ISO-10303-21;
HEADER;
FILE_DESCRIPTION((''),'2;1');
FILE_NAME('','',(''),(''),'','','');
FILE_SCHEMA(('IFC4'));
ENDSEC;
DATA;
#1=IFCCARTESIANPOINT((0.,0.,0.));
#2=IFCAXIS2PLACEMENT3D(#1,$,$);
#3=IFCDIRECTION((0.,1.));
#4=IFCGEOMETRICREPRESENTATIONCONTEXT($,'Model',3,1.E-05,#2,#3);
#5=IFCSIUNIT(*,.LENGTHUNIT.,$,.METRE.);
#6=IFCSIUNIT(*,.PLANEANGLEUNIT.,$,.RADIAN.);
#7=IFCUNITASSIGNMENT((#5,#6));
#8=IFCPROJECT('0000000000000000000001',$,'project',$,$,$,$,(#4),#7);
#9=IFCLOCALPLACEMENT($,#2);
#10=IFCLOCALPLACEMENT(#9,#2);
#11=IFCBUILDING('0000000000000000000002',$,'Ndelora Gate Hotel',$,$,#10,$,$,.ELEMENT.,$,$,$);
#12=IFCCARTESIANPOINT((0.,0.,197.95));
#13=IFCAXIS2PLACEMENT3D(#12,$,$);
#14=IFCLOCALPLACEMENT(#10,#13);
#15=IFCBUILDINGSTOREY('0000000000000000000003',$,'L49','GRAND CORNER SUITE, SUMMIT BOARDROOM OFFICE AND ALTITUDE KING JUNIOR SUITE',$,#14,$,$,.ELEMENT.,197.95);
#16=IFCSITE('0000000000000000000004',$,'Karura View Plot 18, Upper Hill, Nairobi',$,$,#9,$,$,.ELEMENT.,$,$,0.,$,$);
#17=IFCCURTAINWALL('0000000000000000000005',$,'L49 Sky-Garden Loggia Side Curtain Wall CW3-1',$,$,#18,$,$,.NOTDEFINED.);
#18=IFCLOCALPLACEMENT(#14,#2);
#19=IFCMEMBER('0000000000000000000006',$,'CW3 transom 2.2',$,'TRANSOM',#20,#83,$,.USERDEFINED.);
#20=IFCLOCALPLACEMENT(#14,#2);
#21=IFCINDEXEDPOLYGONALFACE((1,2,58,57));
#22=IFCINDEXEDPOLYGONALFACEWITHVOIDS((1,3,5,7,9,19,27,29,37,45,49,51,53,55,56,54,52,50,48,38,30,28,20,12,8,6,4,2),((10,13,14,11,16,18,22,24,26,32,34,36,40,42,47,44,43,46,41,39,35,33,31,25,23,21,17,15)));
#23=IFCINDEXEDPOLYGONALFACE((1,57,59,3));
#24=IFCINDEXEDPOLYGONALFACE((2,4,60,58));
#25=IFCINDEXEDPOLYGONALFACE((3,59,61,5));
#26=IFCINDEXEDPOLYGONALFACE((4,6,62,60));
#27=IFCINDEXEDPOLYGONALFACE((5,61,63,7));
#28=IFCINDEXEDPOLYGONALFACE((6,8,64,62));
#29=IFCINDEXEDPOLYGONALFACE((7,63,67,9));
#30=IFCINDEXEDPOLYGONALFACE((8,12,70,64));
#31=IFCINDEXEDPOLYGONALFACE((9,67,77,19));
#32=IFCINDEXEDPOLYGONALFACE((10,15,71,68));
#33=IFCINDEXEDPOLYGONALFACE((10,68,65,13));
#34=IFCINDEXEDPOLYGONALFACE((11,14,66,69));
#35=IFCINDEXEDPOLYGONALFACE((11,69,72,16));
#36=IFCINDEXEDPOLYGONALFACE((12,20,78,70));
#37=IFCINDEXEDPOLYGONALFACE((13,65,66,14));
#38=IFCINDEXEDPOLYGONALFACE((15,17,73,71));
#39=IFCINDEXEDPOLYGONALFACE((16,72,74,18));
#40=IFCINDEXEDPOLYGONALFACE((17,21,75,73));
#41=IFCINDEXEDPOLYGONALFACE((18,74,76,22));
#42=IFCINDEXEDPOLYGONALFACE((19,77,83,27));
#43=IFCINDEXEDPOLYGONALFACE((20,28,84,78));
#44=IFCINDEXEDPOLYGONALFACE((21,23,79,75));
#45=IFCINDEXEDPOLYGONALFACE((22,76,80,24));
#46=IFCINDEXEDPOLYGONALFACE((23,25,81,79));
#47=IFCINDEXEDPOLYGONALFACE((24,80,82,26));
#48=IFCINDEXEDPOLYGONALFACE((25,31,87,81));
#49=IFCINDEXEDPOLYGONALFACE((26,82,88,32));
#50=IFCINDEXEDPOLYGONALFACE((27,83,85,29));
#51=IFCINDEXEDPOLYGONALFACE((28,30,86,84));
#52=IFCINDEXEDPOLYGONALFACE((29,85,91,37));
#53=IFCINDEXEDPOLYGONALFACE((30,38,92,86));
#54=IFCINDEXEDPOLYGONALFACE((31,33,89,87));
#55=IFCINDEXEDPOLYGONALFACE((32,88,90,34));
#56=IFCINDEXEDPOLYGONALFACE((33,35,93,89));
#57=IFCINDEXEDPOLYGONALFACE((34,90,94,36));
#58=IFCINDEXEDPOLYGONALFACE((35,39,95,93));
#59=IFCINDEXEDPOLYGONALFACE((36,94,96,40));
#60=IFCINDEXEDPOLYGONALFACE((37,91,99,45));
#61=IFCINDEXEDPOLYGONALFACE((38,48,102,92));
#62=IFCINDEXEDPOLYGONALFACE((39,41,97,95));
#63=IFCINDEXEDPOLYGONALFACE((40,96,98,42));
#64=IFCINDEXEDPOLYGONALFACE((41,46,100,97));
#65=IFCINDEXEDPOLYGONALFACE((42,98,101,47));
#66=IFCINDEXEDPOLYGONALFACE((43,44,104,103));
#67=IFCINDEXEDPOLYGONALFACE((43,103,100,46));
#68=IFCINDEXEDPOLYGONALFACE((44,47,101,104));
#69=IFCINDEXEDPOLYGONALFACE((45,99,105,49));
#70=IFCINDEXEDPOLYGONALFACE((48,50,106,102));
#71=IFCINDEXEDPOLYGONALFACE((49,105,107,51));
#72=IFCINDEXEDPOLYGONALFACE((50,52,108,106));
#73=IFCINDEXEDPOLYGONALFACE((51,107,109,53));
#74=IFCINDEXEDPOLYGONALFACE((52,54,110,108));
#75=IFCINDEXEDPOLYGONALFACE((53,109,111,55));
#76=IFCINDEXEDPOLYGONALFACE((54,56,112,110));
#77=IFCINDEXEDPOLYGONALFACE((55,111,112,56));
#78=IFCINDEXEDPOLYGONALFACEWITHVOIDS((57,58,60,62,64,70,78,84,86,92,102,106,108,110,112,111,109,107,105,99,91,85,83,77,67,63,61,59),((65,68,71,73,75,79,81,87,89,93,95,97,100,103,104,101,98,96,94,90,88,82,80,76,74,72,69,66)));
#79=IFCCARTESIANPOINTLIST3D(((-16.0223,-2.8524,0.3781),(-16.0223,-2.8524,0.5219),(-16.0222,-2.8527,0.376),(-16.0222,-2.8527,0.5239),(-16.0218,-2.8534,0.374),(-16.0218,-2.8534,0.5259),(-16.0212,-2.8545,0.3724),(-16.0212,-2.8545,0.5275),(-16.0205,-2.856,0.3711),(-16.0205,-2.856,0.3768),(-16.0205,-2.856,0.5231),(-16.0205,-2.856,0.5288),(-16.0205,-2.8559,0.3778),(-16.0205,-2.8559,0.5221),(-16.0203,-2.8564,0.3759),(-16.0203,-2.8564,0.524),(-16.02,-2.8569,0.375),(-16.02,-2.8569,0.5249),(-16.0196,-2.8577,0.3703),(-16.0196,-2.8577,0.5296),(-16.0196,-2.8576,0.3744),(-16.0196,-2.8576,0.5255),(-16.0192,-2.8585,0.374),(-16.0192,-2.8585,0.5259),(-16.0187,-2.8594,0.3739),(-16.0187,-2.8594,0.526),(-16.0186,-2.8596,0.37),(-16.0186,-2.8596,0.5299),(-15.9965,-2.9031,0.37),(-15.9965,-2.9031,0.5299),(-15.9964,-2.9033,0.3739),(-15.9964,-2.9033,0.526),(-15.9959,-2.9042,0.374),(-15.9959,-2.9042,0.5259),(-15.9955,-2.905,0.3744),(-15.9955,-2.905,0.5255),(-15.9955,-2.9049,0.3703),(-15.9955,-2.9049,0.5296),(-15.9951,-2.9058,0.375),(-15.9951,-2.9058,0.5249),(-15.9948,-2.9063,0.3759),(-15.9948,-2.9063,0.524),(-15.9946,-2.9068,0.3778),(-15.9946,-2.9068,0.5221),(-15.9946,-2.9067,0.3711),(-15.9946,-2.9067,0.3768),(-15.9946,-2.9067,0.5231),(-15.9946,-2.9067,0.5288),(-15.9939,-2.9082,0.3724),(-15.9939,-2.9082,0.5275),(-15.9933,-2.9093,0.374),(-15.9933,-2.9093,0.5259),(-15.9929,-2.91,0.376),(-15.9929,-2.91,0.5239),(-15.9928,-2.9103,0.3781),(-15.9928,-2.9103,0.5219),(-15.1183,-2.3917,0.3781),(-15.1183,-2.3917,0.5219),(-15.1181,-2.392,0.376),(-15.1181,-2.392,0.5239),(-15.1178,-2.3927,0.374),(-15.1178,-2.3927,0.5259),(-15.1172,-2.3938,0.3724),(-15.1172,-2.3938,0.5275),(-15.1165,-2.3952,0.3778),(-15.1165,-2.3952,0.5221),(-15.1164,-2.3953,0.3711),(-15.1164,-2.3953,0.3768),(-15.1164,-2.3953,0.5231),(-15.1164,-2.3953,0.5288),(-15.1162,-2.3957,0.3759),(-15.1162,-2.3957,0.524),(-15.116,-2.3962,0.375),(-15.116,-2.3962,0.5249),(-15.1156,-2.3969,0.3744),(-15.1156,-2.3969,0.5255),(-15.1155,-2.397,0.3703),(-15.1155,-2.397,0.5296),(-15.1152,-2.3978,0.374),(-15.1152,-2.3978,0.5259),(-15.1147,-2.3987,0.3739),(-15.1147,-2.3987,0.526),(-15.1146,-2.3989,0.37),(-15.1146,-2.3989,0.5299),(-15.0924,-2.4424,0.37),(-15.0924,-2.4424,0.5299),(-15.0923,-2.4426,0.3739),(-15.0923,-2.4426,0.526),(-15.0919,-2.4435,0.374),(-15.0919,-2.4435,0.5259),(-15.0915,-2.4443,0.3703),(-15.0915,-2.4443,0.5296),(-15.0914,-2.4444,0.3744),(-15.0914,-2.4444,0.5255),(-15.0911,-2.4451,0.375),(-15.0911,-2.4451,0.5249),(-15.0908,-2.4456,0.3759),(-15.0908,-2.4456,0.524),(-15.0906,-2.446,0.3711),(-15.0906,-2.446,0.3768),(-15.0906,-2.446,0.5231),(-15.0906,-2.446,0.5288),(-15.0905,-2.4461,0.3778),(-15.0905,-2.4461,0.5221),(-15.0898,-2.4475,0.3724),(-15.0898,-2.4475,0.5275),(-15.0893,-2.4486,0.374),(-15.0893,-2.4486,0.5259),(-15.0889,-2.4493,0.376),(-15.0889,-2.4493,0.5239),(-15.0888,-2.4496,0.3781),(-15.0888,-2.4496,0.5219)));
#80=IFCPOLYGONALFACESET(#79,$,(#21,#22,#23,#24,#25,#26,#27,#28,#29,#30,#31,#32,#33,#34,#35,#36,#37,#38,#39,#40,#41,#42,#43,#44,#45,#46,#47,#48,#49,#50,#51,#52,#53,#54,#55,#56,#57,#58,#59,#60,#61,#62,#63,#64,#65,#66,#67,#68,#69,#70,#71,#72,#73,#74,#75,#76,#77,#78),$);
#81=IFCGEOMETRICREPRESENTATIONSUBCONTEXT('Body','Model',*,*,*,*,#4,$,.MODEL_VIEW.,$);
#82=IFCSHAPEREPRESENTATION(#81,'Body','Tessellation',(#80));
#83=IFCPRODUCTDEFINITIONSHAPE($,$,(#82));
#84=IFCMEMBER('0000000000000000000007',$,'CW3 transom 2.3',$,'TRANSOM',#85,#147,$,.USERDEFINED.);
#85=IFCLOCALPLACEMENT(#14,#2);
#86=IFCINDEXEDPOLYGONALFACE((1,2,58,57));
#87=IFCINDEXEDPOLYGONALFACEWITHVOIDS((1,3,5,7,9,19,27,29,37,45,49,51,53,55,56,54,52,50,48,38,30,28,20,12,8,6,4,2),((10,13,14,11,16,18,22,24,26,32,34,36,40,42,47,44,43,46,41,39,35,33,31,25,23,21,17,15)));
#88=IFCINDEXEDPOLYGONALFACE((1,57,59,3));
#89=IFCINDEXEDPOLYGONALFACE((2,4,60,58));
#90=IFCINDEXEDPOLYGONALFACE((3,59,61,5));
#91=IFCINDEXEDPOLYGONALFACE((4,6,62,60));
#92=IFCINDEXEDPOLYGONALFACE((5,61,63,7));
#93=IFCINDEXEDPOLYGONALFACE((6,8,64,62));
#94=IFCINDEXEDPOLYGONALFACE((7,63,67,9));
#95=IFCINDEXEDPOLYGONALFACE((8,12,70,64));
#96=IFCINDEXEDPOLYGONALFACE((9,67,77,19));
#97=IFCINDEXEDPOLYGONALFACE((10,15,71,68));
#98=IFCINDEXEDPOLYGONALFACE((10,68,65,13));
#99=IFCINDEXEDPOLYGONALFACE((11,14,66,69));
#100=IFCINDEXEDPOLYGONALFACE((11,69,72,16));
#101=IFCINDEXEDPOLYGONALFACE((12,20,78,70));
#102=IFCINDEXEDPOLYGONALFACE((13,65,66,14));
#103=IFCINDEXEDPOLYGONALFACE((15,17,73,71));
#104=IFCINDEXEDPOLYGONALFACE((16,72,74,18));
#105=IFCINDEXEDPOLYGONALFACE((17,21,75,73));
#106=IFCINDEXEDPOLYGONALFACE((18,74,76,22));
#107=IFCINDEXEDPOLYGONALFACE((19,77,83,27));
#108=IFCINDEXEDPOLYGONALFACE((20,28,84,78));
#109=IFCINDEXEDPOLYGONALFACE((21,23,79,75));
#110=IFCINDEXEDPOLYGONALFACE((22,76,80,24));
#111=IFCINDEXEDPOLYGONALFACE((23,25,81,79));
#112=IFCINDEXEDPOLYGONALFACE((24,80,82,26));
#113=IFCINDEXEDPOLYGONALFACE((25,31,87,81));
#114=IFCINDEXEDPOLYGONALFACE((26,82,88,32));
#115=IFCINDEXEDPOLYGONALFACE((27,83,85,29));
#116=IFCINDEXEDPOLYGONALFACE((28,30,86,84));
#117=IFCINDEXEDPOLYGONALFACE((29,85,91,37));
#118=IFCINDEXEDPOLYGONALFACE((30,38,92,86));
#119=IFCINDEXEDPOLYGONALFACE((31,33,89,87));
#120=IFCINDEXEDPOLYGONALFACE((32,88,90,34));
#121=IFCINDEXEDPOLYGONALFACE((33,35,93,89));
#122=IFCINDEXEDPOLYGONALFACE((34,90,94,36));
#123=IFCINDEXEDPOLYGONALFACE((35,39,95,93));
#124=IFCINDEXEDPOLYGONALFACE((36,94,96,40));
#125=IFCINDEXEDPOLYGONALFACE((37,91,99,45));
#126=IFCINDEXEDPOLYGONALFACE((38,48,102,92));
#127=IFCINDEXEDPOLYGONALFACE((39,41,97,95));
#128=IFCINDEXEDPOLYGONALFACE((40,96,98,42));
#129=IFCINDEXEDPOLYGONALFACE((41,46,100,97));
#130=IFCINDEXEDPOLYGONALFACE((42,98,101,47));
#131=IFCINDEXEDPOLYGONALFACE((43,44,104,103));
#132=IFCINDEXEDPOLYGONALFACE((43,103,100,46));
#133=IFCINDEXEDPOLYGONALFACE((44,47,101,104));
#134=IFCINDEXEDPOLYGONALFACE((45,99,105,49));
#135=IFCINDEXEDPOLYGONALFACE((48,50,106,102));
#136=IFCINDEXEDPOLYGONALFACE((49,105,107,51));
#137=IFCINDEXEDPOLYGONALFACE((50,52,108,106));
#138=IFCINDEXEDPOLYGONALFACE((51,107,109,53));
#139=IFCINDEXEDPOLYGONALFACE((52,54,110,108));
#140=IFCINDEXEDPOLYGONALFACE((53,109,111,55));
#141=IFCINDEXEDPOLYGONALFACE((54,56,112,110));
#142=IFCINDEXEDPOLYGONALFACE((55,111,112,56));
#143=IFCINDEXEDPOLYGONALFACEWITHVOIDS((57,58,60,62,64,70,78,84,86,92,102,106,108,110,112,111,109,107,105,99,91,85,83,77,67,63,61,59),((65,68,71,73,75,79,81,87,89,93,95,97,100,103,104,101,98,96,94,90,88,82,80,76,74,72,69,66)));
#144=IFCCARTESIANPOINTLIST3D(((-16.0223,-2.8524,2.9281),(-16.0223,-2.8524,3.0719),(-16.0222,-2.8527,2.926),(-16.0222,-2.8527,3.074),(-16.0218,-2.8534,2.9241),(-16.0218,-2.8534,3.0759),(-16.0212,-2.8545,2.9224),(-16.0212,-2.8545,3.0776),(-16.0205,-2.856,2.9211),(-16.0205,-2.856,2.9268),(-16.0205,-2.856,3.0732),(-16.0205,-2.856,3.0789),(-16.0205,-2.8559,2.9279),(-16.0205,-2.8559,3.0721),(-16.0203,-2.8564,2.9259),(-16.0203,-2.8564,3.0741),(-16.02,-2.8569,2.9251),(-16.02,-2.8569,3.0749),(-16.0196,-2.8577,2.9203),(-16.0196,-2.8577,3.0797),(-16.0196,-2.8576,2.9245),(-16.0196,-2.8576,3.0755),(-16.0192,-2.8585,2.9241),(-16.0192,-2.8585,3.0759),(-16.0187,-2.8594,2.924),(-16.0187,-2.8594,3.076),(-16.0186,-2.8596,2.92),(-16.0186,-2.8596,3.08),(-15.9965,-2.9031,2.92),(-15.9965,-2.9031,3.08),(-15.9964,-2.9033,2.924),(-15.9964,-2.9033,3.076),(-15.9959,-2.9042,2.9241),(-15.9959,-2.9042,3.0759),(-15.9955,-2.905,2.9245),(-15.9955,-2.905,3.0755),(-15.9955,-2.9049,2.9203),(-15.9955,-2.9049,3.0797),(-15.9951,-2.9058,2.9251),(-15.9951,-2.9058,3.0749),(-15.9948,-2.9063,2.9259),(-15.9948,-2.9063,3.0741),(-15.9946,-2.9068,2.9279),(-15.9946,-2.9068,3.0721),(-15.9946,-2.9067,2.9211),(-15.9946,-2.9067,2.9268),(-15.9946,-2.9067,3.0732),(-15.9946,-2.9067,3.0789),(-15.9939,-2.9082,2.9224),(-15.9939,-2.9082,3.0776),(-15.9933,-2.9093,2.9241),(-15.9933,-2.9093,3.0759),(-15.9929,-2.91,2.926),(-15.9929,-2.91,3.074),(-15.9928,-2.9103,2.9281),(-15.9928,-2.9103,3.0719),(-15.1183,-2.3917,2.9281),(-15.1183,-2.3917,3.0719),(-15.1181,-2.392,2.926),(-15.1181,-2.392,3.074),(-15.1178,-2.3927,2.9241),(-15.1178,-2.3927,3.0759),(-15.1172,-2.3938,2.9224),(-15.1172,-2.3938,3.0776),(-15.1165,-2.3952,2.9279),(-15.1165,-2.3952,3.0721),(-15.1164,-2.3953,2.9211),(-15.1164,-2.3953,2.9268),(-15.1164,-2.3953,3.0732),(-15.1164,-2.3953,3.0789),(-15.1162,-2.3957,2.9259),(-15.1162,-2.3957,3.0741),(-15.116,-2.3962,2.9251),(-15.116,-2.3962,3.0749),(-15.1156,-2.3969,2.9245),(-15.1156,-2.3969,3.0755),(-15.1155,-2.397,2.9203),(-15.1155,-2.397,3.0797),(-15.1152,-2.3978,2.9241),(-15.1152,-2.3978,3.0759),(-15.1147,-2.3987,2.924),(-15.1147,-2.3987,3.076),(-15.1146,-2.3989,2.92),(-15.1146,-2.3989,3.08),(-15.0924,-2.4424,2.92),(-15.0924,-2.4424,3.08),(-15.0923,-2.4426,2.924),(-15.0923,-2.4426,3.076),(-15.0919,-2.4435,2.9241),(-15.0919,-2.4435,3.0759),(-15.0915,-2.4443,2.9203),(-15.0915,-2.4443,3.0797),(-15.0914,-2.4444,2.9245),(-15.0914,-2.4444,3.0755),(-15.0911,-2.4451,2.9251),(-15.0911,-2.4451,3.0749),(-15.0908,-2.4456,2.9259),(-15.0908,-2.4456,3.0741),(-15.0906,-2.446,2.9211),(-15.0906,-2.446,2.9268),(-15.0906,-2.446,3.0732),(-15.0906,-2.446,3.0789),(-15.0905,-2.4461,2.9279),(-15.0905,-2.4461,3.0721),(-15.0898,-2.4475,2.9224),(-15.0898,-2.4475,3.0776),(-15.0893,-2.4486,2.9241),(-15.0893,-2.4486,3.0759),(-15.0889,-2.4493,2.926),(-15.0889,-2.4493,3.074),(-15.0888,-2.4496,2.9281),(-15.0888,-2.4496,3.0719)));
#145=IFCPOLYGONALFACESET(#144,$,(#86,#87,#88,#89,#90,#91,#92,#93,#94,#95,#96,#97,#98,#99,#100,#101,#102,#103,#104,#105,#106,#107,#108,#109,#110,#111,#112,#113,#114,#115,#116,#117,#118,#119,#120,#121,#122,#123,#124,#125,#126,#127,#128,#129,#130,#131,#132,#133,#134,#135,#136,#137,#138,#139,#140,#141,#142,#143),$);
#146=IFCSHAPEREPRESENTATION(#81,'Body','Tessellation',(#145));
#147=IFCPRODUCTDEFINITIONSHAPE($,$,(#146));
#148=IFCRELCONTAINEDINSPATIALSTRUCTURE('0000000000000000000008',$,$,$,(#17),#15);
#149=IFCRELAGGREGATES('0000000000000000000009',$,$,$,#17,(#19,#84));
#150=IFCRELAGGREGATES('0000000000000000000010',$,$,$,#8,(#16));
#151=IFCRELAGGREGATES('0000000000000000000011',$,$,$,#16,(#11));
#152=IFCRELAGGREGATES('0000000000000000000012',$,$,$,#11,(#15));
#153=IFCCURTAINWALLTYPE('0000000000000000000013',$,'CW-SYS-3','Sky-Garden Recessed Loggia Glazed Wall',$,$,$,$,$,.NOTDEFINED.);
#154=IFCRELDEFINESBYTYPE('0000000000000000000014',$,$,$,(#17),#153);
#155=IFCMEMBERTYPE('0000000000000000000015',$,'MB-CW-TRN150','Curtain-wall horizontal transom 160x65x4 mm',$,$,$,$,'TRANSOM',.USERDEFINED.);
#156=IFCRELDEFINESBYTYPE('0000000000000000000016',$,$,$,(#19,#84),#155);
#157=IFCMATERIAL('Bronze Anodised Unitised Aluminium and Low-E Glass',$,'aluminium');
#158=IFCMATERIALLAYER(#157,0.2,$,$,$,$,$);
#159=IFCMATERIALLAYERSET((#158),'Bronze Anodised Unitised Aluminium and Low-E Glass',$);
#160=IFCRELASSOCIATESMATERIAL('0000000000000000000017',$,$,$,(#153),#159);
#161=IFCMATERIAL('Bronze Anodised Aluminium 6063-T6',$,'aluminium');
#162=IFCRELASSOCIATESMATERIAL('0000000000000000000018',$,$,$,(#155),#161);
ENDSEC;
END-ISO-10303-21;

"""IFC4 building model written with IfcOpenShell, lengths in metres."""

from ifc_helpers import new_model, si_unit, direction, frame, origin, origin_2d, place, context, subcontext, project, spatial, hollow_rectangle, extrude, material, layer, layer_set, material_profile, profile_set, type_object, element, aggregate, save


model = new_model("IFC4")

# Units and contexts
model_context = context("Model", 3, precision=1e-05, world=origin(), true_north=direction((0.0, 1.0)))
body_context = subcontext(model_context, "Body", "Model", "MODEL_VIEW")
ifc_project = project(units=[si_unit("LENGTHUNIT", "METRE"), si_unit("PLANEANGLEUNIT", "RADIAN")], contexts=[model_context])

# Site, building, storey
site_placement = place(None, origin())
site = spatial("IfcSite", under=ifc_project, at=site_placement, Name="Karura View Plot 18, Upper Hill, Nairobi", CompositionType="ELEMENT", RefElevation=0.0)
building_placement = place(site_placement, origin())
building = spatial("IfcBuilding", under=site, at=building_placement, Name="Ndelora Gate Hotel", CompositionType="ELEMENT")
storey_placement = place(building_placement, frame((0.0, 0.0, 197.95)))
storey = spatial("IfcBuildingStorey", under=building, at=storey_placement, Name="L49", Description="GRAND CORNER SUITE, SUMMIT BOARDROOM OFFICE AND ALTITUDE KING JUNIOR SUITE", CompositionType="ELEMENT", Elevation=197.95)

# Curtain wall, members
ifc_material_1 = material(Name="Bronze Anodised Unitised Aluminium and Low-E Glass", Category="aluminium")
ifc_layer_1 = layer(ifc_material_1, 0.2)
ifc_layer_set_1 = layer_set([ifc_layer_1], Name="Bronze Anodised Unitised Aluminium and Low-E Glass")
curtain_wall_type = type_object("IfcCurtainWallType", Name="CW-SYS-3", Description="Sky-Garden Recessed Loggia Glazed Wall", PredefinedType="NOTDEFINED", material=ifc_layer_set_1)
curtain_wall_placement = place(storey_placement, origin())
curtain_wall = element("IfcCurtainWall", 1, at=curtain_wall_placement, inside=storey, type_object=curtain_wall_type, Name="L49 Sky-Garden Loggia Side Curtain Wall CW3-1", PredefinedType="NOTDEFINED")
ifc_material_2 = material(Name="Bronze Anodised Aluminium 6063-T6", Category="aluminium")
ifc_material_profile_1 = material_profile(ifc_material_2, hollow_rectangle(XDim=0.0649, YDim=0.1599, WallThickness=0.0039, InnerFilletRadius=0.0039, OuterFilletRadius=0.0081, at=origin_2d()), Name="ALU 160x65x4")
ifc_profile_set_1 = profile_set([ifc_material_profile_1], Name="Bronze Anodised Aluminium 6063-T6")
member_type_1 = type_object("IfcMemberType", Name="MB-CW-TRN150", Description="Curtain-wall horizontal transom 160x65x4 mm", ElementType="TRANSOM", PredefinedType="USERDEFINED", material=ifc_profile_set_1)
member_1_placement = place(storey_placement, frame((-15.1035, -2.4207, 0.45), z_axis=(-0.890984, -0.454034, 0.0), x_axis=(0.454034, -0.890984, 0.0)))
member_1 = element("IfcMember", 2, at=member_1_placement, type_object=member_type_1, Name="CW3 transom 2.2", ObjectType="TRANSOM", PredefinedType="USERDEFINED", context=body_context, shape_type="SweptSolid", body=[
    extrude(hollow_rectangle(XDim=0.0649, YDim=0.1599, WallThickness=0.0039, InnerFilletRadius=0.0039, OuterFilletRadius=0.0081, at=origin_2d()), origin(), (0.0, 0.0, 1.0), 1.0146),
])
member_2_placement = place(storey_placement, frame((-15.1035, -2.4207, 3.0), z_axis=(-0.890984, -0.454034, 0.0), x_axis=(0.454034, -0.890984, 0.0)))
member_2 = element("IfcMember", 3, at=member_2_placement, type_object=member_type_1, Name="CW3 transom 2.3", ObjectType="TRANSOM", PredefinedType="USERDEFINED", context=body_context, shape_type="SweptSolid", body=[
    extrude(hollow_rectangle(XDim=0.0649, YDim=0.1599, WallThickness=0.0039, InnerFilletRadius=0.0039, OuterFilletRadius=0.0081, at=origin_2d()), origin(), (0.0, 0.0, 1.0), 1.0146),
])
aggregate(curtain_wall, [member_1, member_2])

save(model, "model.ifc")
